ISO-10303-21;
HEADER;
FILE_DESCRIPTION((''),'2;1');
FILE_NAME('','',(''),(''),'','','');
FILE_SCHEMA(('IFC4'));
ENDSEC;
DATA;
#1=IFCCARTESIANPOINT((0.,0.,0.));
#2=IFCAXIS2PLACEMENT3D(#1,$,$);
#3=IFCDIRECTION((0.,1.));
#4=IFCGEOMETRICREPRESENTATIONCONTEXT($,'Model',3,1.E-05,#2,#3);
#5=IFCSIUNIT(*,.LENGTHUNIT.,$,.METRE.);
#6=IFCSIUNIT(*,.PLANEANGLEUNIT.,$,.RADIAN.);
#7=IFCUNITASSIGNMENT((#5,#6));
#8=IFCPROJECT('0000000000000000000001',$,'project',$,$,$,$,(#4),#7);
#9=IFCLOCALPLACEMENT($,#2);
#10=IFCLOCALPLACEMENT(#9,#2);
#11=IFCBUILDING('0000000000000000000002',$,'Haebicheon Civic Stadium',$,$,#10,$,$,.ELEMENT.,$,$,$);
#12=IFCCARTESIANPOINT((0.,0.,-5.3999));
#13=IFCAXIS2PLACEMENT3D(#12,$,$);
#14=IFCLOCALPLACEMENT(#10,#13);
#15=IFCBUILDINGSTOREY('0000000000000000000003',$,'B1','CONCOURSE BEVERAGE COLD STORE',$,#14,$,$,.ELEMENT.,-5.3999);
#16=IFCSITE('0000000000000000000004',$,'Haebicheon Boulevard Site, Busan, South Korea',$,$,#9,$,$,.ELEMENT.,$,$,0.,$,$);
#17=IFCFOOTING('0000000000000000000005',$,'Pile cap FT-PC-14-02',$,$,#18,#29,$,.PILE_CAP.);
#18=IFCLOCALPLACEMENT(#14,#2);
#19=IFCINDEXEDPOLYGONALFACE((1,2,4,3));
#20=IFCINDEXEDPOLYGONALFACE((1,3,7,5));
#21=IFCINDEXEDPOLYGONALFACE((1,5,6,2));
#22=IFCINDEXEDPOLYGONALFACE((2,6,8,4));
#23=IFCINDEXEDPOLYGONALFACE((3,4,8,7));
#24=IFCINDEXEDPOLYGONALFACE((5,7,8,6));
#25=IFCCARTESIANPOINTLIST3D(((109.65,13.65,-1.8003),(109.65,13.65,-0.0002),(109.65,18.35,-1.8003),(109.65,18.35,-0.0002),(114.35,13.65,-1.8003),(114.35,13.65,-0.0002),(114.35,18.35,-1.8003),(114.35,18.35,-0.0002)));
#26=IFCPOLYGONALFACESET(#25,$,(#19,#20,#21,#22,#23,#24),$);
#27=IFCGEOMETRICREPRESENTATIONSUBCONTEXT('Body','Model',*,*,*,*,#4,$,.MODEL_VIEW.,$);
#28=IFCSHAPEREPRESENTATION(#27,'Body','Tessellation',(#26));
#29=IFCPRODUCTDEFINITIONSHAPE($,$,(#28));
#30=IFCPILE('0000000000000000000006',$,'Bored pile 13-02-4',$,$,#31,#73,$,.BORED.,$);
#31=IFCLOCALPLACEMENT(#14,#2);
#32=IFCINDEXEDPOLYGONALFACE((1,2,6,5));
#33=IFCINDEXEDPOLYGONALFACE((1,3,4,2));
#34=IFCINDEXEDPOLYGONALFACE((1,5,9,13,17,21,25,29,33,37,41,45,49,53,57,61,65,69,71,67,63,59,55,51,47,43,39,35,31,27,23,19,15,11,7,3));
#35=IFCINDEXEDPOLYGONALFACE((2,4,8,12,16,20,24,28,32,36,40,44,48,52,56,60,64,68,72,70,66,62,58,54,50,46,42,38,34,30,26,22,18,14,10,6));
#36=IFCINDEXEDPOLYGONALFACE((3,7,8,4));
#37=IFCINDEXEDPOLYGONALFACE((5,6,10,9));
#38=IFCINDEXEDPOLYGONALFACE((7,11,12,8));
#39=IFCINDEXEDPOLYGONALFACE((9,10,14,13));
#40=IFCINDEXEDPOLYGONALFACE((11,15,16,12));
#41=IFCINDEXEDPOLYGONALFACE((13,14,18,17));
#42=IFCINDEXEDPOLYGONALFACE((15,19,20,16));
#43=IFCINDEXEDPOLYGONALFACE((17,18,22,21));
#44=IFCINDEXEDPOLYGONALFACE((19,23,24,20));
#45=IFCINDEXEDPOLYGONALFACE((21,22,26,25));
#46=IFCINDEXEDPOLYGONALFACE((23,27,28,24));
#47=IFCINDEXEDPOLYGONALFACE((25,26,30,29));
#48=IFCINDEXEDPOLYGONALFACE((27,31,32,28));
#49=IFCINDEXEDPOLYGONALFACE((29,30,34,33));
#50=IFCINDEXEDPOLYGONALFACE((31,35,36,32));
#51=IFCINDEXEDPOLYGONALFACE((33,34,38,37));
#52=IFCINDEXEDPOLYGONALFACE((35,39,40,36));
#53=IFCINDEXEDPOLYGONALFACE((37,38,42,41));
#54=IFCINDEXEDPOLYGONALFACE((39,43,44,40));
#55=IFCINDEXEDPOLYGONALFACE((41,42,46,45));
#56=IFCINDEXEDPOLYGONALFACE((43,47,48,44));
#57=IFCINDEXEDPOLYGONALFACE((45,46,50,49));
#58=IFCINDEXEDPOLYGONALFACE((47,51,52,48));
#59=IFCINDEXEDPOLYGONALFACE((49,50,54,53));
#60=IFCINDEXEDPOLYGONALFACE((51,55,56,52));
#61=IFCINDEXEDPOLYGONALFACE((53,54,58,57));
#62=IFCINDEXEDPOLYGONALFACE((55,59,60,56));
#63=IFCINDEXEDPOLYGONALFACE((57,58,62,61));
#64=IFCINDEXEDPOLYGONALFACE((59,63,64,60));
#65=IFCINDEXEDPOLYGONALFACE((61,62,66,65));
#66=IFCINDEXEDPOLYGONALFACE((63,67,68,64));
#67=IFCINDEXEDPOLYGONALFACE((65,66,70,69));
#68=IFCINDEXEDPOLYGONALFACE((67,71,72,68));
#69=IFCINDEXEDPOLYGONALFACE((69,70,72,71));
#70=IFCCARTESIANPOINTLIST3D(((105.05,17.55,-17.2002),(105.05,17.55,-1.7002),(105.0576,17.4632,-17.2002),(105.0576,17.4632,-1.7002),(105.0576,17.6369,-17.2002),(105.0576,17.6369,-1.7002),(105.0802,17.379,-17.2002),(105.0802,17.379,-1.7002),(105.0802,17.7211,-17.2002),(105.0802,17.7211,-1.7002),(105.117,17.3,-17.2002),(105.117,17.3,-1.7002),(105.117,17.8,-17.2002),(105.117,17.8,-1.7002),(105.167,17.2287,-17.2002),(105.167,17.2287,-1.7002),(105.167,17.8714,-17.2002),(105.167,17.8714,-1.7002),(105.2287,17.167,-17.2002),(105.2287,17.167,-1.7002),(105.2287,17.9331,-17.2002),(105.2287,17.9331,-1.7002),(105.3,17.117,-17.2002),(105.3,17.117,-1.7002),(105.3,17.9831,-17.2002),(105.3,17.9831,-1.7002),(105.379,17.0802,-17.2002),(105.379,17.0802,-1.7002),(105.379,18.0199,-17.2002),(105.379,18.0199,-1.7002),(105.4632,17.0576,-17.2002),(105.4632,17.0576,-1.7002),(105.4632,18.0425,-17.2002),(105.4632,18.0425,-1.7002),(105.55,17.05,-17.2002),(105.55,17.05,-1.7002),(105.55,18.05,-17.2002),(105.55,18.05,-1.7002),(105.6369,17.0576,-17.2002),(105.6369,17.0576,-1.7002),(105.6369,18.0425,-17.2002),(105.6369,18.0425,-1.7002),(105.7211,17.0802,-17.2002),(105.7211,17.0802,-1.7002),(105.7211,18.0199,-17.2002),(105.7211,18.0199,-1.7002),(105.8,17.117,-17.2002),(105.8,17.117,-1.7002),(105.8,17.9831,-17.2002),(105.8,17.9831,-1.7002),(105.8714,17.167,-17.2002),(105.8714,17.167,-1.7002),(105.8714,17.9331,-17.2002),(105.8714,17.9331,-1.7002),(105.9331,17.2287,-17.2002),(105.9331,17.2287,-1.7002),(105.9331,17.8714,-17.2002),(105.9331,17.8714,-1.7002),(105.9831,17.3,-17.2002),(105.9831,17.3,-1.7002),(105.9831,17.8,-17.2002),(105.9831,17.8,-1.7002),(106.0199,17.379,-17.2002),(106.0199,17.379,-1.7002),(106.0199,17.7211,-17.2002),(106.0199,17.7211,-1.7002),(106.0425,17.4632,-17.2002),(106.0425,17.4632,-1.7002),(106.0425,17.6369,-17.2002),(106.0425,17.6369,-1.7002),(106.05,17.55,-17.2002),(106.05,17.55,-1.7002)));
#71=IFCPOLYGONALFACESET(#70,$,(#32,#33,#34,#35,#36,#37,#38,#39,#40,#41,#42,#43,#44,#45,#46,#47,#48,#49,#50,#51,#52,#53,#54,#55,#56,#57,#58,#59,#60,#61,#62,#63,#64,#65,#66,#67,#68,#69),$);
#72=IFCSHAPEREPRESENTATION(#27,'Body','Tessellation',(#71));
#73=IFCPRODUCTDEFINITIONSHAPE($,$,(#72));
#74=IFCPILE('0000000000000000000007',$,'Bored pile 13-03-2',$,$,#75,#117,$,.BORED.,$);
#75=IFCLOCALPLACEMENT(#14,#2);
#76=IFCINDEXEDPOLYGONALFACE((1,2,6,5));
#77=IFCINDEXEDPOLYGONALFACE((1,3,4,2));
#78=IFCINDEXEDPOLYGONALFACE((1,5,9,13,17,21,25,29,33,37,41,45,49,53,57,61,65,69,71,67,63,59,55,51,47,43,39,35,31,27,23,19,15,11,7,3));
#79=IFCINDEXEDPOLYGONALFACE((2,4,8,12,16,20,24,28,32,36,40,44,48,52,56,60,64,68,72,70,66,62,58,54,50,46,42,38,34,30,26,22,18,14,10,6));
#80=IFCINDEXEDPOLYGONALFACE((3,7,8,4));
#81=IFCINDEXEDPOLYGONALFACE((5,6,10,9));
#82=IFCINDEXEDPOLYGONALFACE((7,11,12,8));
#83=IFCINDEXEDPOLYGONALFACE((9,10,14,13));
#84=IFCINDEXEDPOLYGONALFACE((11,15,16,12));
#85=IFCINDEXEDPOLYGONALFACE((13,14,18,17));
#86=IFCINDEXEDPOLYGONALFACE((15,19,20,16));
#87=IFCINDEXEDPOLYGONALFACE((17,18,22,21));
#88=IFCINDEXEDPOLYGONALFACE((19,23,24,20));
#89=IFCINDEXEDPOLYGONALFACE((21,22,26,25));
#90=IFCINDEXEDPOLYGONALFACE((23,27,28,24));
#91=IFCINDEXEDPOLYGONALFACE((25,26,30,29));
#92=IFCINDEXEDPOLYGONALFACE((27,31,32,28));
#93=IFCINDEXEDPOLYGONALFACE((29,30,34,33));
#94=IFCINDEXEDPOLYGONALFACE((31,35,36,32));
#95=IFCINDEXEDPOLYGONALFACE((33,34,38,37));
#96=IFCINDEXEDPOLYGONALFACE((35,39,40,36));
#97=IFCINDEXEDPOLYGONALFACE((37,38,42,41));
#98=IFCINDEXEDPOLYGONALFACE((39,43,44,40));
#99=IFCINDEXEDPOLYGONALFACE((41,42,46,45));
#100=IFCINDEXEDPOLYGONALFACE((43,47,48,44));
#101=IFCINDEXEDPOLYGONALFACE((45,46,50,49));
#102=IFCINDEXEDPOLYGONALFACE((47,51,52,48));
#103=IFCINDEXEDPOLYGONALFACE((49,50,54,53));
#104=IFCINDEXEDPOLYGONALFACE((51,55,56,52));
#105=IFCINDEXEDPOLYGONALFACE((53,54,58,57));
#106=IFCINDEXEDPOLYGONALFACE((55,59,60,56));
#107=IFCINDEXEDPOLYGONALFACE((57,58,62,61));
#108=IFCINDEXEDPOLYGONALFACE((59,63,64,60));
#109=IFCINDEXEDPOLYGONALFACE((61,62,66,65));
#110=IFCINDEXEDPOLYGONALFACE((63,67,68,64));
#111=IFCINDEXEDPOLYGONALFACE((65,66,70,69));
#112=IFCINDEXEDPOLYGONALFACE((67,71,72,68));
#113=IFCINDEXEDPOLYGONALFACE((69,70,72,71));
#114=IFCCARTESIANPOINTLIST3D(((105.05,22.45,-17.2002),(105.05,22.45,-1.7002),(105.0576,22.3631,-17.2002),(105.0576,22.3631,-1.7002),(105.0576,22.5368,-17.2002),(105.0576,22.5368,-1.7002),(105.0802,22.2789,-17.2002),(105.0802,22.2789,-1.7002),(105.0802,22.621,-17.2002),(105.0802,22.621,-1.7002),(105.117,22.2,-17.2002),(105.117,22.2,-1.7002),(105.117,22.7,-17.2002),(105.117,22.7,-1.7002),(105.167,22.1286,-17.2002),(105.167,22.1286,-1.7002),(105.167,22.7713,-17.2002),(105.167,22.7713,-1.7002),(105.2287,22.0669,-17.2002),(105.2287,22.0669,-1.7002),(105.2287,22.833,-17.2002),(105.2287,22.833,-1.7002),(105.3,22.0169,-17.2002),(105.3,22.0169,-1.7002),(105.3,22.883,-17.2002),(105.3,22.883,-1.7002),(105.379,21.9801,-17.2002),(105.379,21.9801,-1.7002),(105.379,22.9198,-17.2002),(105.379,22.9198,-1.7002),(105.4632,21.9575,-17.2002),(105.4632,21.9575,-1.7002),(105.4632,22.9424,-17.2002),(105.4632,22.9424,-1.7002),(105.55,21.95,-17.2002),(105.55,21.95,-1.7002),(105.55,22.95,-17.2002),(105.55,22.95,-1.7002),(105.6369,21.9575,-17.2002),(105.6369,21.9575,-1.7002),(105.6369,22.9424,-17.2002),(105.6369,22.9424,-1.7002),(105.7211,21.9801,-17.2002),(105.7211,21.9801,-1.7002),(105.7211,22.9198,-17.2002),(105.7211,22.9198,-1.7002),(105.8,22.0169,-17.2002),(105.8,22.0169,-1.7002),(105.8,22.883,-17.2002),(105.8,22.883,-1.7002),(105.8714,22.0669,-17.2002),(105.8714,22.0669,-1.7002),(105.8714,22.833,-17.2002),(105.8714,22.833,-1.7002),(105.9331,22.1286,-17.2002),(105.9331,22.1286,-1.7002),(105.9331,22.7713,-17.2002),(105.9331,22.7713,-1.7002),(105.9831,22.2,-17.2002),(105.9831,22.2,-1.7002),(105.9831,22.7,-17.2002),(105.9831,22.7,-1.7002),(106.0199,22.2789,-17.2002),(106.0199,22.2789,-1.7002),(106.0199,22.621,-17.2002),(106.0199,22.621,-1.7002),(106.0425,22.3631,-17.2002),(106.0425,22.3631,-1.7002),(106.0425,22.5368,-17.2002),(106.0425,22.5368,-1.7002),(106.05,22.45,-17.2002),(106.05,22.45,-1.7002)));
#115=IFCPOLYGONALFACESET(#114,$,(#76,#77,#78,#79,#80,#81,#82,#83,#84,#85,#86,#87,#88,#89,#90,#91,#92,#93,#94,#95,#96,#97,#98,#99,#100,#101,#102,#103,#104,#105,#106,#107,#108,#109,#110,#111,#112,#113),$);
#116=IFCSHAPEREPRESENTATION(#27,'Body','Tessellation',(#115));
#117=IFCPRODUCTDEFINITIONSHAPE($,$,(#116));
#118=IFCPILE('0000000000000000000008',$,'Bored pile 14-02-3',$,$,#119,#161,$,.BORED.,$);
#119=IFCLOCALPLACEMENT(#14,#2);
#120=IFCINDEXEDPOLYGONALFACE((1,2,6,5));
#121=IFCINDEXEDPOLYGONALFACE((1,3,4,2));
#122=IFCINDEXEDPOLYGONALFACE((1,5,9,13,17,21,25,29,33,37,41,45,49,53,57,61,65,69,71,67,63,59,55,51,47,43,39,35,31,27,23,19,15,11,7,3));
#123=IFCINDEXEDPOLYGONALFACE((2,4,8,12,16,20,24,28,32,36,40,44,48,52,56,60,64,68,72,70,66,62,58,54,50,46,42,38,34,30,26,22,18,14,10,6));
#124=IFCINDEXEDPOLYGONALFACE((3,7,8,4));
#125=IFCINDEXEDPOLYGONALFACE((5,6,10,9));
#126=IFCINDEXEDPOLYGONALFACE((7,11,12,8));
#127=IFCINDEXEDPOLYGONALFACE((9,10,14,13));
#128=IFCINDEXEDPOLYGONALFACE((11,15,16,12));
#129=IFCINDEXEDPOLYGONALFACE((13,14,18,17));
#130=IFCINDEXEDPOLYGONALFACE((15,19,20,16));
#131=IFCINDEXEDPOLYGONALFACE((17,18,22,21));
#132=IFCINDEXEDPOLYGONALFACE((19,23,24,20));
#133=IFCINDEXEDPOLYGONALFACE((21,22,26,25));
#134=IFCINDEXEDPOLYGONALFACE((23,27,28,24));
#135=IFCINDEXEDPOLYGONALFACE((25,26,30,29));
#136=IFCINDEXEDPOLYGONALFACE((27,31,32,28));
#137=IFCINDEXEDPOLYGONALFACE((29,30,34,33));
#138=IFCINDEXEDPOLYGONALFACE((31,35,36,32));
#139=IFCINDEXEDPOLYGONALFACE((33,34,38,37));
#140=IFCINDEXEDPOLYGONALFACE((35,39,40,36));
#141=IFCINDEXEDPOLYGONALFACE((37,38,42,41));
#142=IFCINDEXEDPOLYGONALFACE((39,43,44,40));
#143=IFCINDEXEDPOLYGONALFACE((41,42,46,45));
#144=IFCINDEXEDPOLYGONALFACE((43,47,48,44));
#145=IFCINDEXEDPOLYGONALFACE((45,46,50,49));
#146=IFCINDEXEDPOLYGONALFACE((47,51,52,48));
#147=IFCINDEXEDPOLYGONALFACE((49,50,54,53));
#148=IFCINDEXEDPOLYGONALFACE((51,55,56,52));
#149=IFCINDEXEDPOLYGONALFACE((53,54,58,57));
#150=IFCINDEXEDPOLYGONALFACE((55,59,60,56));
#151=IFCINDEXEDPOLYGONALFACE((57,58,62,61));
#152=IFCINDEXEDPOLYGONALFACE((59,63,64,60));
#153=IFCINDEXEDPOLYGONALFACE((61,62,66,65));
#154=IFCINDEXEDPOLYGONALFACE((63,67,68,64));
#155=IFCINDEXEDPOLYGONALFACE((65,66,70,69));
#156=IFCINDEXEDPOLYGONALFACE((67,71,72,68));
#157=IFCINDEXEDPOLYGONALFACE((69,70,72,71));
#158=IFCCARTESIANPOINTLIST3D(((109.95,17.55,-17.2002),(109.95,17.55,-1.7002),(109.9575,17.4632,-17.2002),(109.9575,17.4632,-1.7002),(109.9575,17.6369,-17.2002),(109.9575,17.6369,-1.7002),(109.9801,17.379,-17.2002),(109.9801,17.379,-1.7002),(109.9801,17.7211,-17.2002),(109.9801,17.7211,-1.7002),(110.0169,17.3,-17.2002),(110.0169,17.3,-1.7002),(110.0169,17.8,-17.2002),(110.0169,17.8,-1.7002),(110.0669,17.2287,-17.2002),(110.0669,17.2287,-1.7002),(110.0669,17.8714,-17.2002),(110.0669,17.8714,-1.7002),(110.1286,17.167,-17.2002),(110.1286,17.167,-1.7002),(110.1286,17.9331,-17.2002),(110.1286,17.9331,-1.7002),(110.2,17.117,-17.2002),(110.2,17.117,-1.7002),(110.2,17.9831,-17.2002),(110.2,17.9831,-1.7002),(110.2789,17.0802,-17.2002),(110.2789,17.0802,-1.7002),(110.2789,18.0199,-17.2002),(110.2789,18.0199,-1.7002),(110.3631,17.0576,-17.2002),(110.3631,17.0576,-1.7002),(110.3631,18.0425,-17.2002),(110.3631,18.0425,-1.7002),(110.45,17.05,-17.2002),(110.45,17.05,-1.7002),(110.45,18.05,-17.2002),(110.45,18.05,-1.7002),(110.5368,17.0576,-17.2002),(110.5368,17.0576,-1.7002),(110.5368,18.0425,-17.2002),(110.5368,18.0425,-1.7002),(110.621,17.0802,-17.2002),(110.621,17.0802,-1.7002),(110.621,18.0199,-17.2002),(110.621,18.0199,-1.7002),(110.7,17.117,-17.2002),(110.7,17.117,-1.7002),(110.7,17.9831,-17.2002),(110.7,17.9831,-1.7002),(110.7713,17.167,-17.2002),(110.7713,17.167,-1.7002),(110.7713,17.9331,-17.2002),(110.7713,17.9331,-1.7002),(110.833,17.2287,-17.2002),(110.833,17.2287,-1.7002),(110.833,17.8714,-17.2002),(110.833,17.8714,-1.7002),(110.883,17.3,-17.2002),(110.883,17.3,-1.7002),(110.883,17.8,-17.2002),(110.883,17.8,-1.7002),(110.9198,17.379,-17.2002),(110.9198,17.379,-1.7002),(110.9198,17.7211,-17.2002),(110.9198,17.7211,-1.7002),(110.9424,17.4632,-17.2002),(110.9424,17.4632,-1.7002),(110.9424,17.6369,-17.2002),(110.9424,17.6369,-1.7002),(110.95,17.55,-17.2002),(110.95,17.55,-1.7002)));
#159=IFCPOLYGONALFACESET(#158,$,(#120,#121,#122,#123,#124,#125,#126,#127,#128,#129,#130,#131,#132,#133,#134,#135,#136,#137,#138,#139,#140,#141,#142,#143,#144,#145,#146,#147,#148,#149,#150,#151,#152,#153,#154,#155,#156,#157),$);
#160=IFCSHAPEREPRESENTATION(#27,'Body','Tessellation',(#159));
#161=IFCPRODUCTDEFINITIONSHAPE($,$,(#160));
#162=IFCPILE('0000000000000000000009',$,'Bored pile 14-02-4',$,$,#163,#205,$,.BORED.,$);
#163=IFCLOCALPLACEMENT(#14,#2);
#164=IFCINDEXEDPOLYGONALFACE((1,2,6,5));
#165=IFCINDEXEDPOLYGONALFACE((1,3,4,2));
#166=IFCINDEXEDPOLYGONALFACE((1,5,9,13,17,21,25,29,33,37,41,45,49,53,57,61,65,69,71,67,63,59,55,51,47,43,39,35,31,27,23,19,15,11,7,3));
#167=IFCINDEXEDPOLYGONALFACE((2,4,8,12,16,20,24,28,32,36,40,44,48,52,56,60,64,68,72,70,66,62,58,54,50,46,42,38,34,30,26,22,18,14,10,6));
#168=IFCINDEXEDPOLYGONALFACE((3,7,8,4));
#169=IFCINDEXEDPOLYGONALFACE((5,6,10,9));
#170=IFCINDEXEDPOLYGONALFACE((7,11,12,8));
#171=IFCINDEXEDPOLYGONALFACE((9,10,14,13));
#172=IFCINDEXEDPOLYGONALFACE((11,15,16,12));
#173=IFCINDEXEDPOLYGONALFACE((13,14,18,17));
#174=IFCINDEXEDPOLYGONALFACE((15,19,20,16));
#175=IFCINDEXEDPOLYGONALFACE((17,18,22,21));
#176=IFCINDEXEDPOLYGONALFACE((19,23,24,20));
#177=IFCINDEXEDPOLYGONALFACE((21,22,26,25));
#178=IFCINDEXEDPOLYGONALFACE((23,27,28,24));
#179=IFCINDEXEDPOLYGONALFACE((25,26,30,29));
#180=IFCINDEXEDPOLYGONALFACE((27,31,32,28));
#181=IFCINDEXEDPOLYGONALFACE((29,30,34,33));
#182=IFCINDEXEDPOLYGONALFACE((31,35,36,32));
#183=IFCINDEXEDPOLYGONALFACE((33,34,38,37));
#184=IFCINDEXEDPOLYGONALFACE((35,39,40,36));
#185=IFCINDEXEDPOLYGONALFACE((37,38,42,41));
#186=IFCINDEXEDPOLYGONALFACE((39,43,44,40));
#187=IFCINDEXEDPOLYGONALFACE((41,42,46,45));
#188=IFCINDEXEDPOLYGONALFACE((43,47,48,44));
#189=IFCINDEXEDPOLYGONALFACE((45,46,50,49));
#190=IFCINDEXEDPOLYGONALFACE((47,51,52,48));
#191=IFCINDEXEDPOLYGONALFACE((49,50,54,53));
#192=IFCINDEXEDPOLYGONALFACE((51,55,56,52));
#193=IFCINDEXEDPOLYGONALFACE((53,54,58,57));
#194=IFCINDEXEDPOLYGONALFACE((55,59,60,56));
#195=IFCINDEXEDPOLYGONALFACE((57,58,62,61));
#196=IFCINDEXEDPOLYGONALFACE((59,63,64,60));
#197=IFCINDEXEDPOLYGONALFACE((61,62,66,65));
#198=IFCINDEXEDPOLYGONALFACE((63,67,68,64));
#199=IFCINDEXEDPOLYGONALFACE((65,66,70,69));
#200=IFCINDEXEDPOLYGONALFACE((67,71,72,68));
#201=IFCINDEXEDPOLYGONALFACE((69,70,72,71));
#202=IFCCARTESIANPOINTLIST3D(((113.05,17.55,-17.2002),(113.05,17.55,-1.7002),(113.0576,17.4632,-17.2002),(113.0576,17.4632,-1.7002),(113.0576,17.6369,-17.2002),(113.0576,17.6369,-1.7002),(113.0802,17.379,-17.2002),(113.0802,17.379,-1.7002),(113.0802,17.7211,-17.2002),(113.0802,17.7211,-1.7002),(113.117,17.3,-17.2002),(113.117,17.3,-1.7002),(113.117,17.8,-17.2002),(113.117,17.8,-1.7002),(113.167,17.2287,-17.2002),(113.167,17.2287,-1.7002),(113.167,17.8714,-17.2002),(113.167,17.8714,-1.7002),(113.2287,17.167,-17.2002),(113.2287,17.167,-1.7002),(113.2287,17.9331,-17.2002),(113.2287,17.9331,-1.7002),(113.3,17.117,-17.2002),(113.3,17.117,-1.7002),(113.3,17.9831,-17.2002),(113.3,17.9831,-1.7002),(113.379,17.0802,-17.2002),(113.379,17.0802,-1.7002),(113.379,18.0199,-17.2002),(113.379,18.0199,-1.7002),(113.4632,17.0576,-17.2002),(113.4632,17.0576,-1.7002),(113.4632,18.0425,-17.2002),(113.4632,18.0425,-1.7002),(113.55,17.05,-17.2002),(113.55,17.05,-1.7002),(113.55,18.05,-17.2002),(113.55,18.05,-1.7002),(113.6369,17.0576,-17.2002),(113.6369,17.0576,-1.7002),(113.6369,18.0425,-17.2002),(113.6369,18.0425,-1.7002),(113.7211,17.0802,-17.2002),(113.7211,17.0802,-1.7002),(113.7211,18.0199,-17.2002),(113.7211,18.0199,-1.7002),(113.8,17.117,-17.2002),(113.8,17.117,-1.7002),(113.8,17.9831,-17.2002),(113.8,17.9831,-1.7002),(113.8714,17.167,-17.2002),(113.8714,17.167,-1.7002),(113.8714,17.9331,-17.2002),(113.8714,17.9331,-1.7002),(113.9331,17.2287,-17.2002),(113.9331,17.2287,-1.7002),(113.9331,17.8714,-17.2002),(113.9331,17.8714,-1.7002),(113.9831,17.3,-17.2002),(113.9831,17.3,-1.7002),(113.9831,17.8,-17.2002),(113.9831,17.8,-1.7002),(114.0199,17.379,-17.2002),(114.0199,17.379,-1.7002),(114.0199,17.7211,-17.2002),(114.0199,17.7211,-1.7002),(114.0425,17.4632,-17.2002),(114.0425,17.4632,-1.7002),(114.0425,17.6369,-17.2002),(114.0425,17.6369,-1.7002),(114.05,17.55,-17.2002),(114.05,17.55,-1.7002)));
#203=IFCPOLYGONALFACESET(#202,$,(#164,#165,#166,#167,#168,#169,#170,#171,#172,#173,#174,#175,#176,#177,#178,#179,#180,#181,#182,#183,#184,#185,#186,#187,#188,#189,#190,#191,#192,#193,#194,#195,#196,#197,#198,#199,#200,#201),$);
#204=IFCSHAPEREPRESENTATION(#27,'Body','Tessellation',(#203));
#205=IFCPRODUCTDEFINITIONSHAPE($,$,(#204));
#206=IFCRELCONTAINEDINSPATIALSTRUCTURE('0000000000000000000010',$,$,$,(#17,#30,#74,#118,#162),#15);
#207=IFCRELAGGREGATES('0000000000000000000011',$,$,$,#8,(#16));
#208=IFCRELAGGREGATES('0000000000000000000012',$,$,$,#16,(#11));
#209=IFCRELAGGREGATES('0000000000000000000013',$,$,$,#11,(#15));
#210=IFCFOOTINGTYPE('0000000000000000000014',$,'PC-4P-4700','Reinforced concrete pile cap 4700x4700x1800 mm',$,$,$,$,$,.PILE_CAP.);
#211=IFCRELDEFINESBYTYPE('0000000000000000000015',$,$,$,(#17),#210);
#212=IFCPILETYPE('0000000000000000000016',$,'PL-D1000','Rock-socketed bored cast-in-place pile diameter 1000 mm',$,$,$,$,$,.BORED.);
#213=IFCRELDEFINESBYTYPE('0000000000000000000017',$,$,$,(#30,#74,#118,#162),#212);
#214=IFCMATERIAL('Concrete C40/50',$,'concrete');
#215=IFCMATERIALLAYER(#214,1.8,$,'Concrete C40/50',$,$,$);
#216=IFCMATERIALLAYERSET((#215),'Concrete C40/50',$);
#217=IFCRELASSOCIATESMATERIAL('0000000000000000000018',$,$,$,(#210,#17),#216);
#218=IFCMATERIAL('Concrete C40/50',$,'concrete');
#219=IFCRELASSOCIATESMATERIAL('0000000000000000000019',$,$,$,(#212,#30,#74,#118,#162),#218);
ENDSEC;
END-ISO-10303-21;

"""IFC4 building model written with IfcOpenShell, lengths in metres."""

from ifc_helpers import new_model, si_unit, direction, frame, origin, origin_2d, place, context, subcontext, project, spatial, rectangle, circle, extrude, material, layer, layer_set, material_profile, profile_set, type_object, element, save


model = new_model("IFC4")

# Units and contexts
model_context = context("Model", 3, precision=1e-05, world=origin(), true_north=direction((0.0, 1.0)))
body_context = subcontext(model_context, "Body", "Model", "MODEL_VIEW")
ifc_project = project(units=[si_unit("LENGTHUNIT", "METRE"), si_unit("PLANEANGLEUNIT", "RADIAN")], contexts=[model_context])

# Site, building, storey
site_placement = place(None, origin())
site = spatial("IfcSite", under=ifc_project, at=site_placement, Name="Haebicheon Boulevard Site, Busan, South Korea", CompositionType="ELEMENT", RefElevation=0.0)
building_placement = place(site_placement, origin())
building = spatial("IfcBuilding", under=site, at=building_placement, Name="Haebicheon Civic Stadium", CompositionType="ELEMENT")
storey_placement = place(building_placement, frame((0.0, 0.0, -5.3999)))
storey = spatial("IfcBuildingStorey", under=building, at=storey_placement, Name="B1", Description="CONCOURSE BEVERAGE COLD STORE", CompositionType="ELEMENT", Elevation=-5.3999)

# Footing
ifc_material_1 = material(Name="Concrete C40/50", Category="concrete")
ifc_layer_1 = layer(ifc_material_1, 1.8, Name="Concrete C40/50")
ifc_layer_set_1 = layer_set([ifc_layer_1], Name="Concrete C40/50")
footing_type = type_object("IfcFootingType", Name="PC-4P-4700", Description="Reinforced concrete pile cap 4700x4700x1800 mm", PredefinedType="PILE_CAP", material=ifc_layer_set_1)
footing_placement = place(storey_placement, frame((112.0, 16.0, -1.8003), z_axis=(0.0, 0.0, 1.0), x_axis=(1.0, 0.0, 0.0)))
element("IfcFooting", 1, at=footing_placement, inside=storey, type_object=footing_type, material=ifc_layer_set_1, Name="Pile cap FT-PC-14-02", PredefinedType="PILE_CAP", context=body_context, shape_type="SweptSolid", body=[
    extrude(rectangle(XDim=4.7, YDim=4.7, at=origin_2d()), origin(), (0.0, 0.0, 1.0), 1.8),
])

# Piles
ifc_material_2 = material(Name="Concrete C40/50", Category="concrete")
ifc_material_profile_1 = material_profile(ifc_material_2, circle(Radius=0.5, at=origin_2d()), Name="PILE-D1000")
ifc_profile_set_1 = profile_set([ifc_material_profile_1], Name="Concrete C40/50")
pile_type = type_object("IfcPileType", Name="PL-D1000", Description="Rock-socketed bored cast-in-place pile diameter 1000 mm", PredefinedType="BORED", material=ifc_profile_set_1)
for number, where, z_axis, x_axis, name in (
    (2, (105.55, 17.55, -1.7002), (0.0, 0.0, -1.0), (1.0, 0.0, 0.0), "Bored pile 13-02-4"),
    (3, (105.55, 22.45, -1.7002), (0.0, 0.0, -1.0), (1.0, 0.0, 0.0), "Bored pile 13-03-2"),
    (4, (110.45, 17.55, -1.7002), (0.0, 0.0, -1.0), (1.0, 0.0, 0.0), "Bored pile 14-02-3"),
    (5, (113.55, 17.55, -1.7002), (0.0, 0.0, -1.0), (1.0, 0.0, 0.0), "Bored pile 14-02-4"),
):
    element("IfcPile", number, at=place(storey_placement, frame(where, z_axis=z_axis, x_axis=x_axis)), inside=storey, type_object=pile_type, material=ifc_profile_set_1, Name=name, PredefinedType="BORED", context=body_context, shape_type="SweptSolid", body=[
        extrude(circle(Radius=0.5, at=origin_2d()), origin(), (0.0, 0.0, 1.0), 15.5),
    ])

save(model, "model.ifc")
